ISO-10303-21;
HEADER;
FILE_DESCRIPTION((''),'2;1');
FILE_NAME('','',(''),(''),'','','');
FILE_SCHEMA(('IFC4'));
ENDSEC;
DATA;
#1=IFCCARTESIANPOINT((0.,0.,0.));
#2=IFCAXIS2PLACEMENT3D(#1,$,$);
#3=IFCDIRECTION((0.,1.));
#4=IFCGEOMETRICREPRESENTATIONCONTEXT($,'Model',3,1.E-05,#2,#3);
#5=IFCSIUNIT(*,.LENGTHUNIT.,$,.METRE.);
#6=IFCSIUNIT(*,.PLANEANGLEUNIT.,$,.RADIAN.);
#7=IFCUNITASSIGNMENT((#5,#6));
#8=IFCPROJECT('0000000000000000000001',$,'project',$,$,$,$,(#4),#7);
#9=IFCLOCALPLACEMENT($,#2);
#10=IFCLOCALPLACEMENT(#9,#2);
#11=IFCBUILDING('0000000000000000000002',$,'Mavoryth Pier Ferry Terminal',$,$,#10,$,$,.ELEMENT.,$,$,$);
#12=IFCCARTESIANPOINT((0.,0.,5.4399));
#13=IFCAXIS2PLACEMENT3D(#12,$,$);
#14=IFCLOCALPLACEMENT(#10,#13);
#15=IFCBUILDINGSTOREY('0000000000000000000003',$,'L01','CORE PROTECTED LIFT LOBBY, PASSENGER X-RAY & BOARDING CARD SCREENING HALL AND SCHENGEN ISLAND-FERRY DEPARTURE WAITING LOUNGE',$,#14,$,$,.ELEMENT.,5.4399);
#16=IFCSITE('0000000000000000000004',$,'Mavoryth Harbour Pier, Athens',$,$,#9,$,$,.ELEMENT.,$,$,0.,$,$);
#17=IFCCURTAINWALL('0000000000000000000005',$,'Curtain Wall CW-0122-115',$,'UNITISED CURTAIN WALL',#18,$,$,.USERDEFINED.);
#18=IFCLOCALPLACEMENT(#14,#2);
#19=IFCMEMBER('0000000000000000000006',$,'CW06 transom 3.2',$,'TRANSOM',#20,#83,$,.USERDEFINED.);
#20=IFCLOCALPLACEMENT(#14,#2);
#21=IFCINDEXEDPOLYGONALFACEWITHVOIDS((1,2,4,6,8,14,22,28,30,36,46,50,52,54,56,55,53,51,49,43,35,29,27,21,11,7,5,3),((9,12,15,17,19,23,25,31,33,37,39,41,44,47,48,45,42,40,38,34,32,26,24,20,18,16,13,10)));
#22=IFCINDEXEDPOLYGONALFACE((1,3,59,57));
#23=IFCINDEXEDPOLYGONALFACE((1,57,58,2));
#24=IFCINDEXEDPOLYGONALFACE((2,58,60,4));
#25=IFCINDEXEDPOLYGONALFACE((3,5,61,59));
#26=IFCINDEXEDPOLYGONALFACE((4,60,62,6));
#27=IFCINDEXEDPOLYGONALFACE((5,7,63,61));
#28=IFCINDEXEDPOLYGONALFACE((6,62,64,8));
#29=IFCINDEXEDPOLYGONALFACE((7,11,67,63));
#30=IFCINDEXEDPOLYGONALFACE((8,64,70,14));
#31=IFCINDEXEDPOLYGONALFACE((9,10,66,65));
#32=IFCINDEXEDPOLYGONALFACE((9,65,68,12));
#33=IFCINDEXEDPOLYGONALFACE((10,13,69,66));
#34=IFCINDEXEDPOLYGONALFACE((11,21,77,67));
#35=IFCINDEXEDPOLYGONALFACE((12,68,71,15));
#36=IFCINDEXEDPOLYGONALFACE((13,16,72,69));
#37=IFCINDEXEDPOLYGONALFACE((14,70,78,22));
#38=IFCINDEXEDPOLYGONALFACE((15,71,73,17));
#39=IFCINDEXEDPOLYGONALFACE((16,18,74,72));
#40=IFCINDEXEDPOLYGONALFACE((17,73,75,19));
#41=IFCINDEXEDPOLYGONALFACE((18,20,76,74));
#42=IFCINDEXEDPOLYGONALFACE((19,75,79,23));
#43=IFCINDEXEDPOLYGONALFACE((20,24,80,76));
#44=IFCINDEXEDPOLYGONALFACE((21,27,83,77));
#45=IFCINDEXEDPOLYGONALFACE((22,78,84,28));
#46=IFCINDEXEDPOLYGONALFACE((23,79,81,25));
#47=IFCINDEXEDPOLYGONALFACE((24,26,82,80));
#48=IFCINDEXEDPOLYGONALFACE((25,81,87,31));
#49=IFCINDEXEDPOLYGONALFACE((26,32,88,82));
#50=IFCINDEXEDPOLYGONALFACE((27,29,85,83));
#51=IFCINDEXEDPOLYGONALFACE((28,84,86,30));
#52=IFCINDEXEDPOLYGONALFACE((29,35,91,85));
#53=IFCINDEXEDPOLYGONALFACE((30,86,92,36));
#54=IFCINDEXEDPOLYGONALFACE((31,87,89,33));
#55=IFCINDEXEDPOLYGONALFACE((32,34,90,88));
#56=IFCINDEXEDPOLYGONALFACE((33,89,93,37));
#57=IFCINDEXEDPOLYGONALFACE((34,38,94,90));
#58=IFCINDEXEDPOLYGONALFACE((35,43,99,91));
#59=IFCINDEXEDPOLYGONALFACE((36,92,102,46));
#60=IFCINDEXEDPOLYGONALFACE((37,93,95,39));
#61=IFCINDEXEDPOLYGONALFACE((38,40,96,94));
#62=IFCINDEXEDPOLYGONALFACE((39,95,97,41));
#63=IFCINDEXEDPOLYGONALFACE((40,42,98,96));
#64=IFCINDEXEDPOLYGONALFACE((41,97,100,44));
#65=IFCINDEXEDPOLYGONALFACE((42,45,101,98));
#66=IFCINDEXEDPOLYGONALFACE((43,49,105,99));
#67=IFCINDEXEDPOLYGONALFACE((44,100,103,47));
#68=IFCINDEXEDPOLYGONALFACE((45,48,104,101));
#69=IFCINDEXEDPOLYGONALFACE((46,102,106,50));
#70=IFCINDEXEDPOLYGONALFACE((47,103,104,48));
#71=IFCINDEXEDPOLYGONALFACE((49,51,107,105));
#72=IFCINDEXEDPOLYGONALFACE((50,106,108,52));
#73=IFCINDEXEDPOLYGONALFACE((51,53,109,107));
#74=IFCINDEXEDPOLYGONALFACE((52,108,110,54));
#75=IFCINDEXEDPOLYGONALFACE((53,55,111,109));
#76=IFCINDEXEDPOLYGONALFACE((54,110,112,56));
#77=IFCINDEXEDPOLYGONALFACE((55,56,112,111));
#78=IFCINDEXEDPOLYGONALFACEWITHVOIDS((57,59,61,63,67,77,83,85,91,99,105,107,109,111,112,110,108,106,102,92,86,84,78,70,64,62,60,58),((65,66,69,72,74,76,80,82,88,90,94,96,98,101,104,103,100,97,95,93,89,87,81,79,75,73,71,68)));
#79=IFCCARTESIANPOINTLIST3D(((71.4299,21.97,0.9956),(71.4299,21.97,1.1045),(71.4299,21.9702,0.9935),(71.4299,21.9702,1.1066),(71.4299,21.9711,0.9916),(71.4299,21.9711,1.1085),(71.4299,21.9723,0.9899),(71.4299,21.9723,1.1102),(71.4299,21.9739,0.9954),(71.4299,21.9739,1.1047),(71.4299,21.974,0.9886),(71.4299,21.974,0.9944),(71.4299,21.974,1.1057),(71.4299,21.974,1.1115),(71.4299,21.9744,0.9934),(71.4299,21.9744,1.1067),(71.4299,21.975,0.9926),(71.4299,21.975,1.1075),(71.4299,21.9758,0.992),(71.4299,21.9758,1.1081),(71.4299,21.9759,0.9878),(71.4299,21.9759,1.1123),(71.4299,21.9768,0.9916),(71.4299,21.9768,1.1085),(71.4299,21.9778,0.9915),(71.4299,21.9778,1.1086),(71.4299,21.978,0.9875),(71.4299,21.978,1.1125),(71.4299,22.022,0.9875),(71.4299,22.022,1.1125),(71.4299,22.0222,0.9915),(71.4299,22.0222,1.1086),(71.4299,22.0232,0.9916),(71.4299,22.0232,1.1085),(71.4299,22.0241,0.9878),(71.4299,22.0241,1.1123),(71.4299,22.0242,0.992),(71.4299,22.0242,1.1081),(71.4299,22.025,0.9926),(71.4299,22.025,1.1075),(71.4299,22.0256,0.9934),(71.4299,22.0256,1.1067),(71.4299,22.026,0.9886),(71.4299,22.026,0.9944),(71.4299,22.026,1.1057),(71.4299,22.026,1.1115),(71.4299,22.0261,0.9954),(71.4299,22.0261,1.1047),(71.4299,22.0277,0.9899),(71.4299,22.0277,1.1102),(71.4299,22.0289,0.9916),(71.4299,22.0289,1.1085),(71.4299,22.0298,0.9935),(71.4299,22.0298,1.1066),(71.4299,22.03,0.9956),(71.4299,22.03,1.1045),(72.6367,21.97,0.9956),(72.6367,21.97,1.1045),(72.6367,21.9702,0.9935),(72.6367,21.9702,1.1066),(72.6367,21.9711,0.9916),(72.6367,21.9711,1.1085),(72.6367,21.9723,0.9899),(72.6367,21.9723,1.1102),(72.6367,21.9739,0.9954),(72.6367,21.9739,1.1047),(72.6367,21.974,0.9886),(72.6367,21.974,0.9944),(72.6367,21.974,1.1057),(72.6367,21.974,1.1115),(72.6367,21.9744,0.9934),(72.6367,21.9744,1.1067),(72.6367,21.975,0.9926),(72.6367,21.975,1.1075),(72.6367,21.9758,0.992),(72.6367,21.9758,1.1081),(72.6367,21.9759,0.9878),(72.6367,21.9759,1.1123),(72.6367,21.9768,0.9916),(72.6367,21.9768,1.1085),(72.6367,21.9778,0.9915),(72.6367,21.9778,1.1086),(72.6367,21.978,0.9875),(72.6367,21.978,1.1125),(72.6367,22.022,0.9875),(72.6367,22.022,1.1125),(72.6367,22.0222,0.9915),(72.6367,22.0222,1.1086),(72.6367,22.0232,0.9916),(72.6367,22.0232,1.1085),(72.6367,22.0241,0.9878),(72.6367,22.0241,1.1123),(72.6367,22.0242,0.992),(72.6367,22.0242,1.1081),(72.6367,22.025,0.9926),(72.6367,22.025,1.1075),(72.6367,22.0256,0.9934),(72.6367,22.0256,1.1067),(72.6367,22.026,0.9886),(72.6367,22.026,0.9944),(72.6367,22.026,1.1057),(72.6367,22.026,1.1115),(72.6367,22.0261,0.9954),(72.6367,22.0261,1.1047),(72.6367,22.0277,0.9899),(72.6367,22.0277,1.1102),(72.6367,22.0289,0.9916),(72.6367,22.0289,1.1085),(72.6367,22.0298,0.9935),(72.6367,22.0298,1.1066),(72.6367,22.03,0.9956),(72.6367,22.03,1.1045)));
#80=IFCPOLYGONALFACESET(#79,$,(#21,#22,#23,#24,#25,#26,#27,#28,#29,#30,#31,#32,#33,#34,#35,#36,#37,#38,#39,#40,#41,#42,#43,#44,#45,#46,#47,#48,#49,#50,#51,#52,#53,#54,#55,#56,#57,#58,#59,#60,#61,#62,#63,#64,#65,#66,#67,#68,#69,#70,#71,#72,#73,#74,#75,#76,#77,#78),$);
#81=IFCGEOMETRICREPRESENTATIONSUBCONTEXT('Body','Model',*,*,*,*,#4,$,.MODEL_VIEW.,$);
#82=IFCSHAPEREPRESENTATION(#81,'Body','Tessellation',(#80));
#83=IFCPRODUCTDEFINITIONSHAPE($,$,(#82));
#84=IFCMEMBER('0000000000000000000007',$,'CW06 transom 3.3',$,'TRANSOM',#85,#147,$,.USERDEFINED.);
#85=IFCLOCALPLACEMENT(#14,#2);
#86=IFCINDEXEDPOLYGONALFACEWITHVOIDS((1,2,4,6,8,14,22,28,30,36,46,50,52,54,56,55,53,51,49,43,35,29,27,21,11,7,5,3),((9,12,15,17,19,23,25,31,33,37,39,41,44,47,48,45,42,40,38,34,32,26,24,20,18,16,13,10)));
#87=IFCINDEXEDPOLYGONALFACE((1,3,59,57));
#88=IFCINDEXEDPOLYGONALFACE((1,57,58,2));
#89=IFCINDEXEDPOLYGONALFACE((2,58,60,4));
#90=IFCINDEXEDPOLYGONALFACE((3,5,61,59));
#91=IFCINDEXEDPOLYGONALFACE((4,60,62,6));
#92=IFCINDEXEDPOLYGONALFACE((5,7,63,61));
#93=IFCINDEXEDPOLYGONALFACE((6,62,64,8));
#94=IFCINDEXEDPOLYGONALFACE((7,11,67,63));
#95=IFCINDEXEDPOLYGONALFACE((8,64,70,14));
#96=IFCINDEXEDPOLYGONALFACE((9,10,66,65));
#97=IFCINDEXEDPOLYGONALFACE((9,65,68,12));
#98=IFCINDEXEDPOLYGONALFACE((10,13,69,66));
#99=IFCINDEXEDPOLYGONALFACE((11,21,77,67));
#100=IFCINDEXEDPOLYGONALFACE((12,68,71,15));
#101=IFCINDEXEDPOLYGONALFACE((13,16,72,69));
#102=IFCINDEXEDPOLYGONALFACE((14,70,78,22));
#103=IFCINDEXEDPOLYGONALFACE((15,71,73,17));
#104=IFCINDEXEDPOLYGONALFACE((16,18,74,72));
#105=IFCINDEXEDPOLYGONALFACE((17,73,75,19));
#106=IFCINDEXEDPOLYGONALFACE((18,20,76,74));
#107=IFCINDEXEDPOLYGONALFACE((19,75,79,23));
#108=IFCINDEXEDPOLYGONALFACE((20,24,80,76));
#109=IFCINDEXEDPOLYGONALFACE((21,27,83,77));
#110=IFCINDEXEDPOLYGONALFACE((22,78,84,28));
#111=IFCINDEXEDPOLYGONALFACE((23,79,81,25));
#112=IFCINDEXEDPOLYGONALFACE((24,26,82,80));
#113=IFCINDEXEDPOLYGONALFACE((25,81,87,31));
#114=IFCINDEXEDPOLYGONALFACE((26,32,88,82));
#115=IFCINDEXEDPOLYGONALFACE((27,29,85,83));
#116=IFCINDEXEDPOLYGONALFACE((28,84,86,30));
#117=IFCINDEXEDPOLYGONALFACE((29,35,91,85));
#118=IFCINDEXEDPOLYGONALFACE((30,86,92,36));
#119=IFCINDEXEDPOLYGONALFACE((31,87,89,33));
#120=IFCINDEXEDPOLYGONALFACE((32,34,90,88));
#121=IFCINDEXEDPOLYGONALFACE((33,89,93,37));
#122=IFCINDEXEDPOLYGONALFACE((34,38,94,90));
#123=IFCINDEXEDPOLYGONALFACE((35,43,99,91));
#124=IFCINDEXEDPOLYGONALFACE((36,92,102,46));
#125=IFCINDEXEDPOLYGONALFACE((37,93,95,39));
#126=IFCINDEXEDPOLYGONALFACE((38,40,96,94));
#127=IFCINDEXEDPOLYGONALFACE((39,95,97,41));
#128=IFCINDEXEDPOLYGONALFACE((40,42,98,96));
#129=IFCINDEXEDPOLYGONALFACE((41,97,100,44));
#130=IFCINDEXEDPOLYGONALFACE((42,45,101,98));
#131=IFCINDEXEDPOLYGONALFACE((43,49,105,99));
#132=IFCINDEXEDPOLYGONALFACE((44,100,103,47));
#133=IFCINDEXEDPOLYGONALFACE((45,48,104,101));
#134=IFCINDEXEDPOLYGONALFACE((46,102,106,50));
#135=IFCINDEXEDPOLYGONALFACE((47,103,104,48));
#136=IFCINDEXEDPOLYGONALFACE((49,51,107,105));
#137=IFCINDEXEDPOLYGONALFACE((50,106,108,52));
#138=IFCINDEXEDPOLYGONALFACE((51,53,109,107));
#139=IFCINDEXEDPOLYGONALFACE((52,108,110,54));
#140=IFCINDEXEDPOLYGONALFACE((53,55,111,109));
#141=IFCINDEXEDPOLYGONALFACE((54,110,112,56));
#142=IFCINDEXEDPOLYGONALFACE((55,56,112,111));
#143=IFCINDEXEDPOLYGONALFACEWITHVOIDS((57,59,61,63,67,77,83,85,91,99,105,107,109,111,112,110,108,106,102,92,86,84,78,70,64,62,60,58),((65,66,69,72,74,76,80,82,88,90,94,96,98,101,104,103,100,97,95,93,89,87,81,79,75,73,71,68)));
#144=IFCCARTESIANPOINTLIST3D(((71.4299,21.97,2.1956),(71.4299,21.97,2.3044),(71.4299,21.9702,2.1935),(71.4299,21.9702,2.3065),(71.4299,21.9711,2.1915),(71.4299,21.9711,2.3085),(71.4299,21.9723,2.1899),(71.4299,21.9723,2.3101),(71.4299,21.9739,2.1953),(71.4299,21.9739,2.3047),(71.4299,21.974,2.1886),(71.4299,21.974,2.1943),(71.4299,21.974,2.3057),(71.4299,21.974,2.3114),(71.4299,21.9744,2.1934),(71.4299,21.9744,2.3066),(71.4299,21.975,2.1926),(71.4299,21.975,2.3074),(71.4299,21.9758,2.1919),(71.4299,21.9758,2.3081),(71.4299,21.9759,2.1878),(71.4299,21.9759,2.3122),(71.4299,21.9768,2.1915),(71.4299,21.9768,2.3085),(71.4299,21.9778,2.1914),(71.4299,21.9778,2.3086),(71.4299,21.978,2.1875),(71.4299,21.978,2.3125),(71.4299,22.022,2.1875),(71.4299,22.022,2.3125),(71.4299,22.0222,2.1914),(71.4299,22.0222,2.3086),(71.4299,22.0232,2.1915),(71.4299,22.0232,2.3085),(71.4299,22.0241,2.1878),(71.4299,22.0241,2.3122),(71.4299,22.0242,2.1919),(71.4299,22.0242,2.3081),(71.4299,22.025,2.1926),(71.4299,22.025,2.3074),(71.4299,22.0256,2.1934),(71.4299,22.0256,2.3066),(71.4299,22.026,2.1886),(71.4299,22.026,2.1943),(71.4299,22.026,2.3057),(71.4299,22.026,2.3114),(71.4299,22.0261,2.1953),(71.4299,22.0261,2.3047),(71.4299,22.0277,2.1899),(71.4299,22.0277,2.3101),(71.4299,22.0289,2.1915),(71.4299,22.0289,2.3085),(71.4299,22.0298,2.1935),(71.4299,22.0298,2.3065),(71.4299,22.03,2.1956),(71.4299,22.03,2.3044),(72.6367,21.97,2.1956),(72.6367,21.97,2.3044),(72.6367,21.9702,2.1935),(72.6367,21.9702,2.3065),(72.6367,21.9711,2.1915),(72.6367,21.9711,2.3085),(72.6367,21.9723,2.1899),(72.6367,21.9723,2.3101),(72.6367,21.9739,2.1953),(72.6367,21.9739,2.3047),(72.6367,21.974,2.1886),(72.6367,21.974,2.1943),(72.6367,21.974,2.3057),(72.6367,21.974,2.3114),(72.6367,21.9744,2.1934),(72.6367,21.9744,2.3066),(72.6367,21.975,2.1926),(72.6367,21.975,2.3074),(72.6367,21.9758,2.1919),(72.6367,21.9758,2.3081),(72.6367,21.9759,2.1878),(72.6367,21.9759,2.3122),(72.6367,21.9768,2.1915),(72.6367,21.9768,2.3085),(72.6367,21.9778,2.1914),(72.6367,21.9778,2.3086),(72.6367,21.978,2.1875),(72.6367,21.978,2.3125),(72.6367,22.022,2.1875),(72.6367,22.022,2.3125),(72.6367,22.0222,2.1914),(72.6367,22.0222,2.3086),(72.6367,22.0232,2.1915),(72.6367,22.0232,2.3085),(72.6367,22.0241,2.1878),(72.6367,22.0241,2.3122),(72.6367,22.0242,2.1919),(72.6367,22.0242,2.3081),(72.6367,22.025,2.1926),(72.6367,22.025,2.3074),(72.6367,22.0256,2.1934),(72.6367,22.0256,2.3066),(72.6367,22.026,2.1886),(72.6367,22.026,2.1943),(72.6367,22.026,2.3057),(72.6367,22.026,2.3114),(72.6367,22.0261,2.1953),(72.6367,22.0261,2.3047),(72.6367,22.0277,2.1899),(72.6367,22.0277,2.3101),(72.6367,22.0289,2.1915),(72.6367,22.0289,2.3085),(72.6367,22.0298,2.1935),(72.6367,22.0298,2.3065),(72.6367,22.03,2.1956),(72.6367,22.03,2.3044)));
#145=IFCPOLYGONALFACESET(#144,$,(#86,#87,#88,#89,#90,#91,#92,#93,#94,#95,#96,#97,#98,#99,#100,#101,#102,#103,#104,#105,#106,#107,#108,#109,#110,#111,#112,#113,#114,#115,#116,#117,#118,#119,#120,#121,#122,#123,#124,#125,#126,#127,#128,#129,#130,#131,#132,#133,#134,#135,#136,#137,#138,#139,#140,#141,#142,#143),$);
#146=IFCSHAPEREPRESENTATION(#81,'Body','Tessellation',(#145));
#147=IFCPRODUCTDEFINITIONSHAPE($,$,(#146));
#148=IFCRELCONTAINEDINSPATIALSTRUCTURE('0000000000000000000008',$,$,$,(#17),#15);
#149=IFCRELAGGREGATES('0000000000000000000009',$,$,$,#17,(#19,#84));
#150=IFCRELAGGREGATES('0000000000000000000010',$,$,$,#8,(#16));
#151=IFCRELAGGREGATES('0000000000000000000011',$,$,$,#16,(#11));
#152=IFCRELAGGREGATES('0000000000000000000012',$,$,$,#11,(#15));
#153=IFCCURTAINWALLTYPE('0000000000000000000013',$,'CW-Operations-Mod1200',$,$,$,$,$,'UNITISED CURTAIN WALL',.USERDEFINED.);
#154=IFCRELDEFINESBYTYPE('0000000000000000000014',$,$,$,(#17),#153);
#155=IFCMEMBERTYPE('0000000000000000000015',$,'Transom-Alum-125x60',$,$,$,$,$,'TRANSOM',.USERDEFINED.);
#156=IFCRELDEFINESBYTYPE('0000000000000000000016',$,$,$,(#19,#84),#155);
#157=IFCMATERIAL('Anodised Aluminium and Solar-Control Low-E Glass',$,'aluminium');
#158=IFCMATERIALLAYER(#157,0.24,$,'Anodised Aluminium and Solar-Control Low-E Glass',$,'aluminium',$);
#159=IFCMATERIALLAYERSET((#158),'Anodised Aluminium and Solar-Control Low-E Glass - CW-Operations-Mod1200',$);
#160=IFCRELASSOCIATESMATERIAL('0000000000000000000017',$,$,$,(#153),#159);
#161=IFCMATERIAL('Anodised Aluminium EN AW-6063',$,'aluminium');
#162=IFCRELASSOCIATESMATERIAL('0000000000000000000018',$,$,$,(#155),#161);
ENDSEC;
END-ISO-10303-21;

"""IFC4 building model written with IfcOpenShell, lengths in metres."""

from ifc_helpers import new_model, si_unit, direction, frame, origin, origin_2d, place, context, subcontext, project, spatial, hollow_rectangle, extrude, material, layer, layer_set, material_profile, profile_set, type_object, element, aggregate, save


model = new_model("IFC4")

# Units and contexts
model_context = context("Model", 3, precision=1e-05, world=origin(), true_north=direction((0.0, 1.0)))
body_context = subcontext(model_context, "Body", "Model", "MODEL_VIEW")
ifc_project = project(units=[si_unit("LENGTHUNIT", "METRE"), si_unit("PLANEANGLEUNIT", "RADIAN")], contexts=[model_context])

# Site, building, storey
site_placement = place(None, origin())
site = spatial("IfcSite", under=ifc_project, at=site_placement, Name="Mavoryth Harbour Pier, Athens", CompositionType="ELEMENT", RefElevation=0.0)
building_placement = place(site_placement, origin())
building = spatial("IfcBuilding", under=site, at=building_placement, Name="Mavoryth Pier Ferry Terminal", CompositionType="ELEMENT")
storey_placement = place(building_placement, frame((0.0, 0.0, 5.4399)))
storey = spatial("IfcBuildingStorey", under=building, at=storey_placement, Name="L01", Description="CORE PROTECTED LIFT LOBBY, PASSENGER X-RAY & BOARDING CARD SCREENING HALL AND SCHENGEN ISLAND-FERRY DEPARTURE WAITING LOUNGE", CompositionType="ELEMENT", Elevation=5.4399)

# Curtain wall, members
ifc_material_1 = material(Name="Anodised Aluminium and Solar-Control Low-E Glass", Category="aluminium")
ifc_layer_1 = layer(ifc_material_1, 0.24, Name="Anodised Aluminium and Solar-Control Low-E Glass", Category="aluminium")
ifc_layer_set_1 = layer_set([ifc_layer_1], Name="Anodised Aluminium and Solar-Control Low-E Glass - CW-Operations-Mod1200")
curtain_wall_type = type_object("IfcCurtainWallType", Name="CW-Operations-Mod1200", ElementType="UNITISED CURTAIN WALL", PredefinedType="USERDEFINED", material=ifc_layer_set_1)
curtain_wall_placement = place(storey_placement, origin())
curtain_wall = element("IfcCurtainWall", 1, at=curtain_wall_placement, inside=storey, type_object=curtain_wall_type, Name="Curtain Wall CW-0122-115", ObjectType="UNITISED CURTAIN WALL", PredefinedType="USERDEFINED")
ifc_material_2 = material(Name="Anodised Aluminium EN AW-6063", Category="aluminium")
ifc_material_profile_1 = material_profile(ifc_material_2, hollow_rectangle(XDim=0.0601, YDim=0.125, WallThickness=0.0039, InnerFilletRadius=0.0039, OuterFilletRadius=0.0081, at=origin_2d()), Name="AL-TRAN 125x60x4", Category="aluminium")
ifc_profile_set_1 = profile_set([ifc_material_profile_1], Name="Anodised Aluminium EN AW-6063 - AL-TRAN 125x60x4")
member_type_1 = type_object("IfcMemberType", Name="Transom-Alum-125x60", ElementType="TRANSOM", PredefinedType="USERDEFINED", material=ifc_profile_set_1)
member_1_placement = place(storey_placement, frame((72.6367, 22.0, 1.05), z_axis=(-1.0, 0.0, 0.0), x_axis=(0.0, -1.0, 0.0)))
member_1 = element("IfcMember", 2, at=member_1_placement, type_object=member_type_1, Name="CW06 transom 3.2", ObjectType="TRANSOM", PredefinedType="USERDEFINED", context=body_context, shape_type="SweptSolid", body=[
    extrude(hollow_rectangle(XDim=0.0601, YDim=0.125, WallThickness=0.0039, InnerFilletRadius=0.0039, OuterFilletRadius=0.0081, at=origin_2d()), origin(), (0.0, 0.0, 1.0), 1.2068),
])
member_2_placement = place(storey_placement, frame((72.6367, 22.0, 2.25), z_axis=(-1.0, 0.0, 0.0), x_axis=(0.0, -1.0, 0.0)))
member_2 = element("IfcMember", 3, at=member_2_placement, type_object=member_type_1, Name="CW06 transom 3.3", ObjectType="TRANSOM", PredefinedType="USERDEFINED", context=body_context, shape_type="SweptSolid", body=[
    extrude(hollow_rectangle(XDim=0.0601, YDim=0.125, WallThickness=0.0039, InnerFilletRadius=0.0039, OuterFilletRadius=0.0081, at=origin_2d()), origin(), (0.0, 0.0, 1.0), 1.2068),
])
aggregate(curtain_wall, [member_1, member_2])

save(model, "model.ifc")
